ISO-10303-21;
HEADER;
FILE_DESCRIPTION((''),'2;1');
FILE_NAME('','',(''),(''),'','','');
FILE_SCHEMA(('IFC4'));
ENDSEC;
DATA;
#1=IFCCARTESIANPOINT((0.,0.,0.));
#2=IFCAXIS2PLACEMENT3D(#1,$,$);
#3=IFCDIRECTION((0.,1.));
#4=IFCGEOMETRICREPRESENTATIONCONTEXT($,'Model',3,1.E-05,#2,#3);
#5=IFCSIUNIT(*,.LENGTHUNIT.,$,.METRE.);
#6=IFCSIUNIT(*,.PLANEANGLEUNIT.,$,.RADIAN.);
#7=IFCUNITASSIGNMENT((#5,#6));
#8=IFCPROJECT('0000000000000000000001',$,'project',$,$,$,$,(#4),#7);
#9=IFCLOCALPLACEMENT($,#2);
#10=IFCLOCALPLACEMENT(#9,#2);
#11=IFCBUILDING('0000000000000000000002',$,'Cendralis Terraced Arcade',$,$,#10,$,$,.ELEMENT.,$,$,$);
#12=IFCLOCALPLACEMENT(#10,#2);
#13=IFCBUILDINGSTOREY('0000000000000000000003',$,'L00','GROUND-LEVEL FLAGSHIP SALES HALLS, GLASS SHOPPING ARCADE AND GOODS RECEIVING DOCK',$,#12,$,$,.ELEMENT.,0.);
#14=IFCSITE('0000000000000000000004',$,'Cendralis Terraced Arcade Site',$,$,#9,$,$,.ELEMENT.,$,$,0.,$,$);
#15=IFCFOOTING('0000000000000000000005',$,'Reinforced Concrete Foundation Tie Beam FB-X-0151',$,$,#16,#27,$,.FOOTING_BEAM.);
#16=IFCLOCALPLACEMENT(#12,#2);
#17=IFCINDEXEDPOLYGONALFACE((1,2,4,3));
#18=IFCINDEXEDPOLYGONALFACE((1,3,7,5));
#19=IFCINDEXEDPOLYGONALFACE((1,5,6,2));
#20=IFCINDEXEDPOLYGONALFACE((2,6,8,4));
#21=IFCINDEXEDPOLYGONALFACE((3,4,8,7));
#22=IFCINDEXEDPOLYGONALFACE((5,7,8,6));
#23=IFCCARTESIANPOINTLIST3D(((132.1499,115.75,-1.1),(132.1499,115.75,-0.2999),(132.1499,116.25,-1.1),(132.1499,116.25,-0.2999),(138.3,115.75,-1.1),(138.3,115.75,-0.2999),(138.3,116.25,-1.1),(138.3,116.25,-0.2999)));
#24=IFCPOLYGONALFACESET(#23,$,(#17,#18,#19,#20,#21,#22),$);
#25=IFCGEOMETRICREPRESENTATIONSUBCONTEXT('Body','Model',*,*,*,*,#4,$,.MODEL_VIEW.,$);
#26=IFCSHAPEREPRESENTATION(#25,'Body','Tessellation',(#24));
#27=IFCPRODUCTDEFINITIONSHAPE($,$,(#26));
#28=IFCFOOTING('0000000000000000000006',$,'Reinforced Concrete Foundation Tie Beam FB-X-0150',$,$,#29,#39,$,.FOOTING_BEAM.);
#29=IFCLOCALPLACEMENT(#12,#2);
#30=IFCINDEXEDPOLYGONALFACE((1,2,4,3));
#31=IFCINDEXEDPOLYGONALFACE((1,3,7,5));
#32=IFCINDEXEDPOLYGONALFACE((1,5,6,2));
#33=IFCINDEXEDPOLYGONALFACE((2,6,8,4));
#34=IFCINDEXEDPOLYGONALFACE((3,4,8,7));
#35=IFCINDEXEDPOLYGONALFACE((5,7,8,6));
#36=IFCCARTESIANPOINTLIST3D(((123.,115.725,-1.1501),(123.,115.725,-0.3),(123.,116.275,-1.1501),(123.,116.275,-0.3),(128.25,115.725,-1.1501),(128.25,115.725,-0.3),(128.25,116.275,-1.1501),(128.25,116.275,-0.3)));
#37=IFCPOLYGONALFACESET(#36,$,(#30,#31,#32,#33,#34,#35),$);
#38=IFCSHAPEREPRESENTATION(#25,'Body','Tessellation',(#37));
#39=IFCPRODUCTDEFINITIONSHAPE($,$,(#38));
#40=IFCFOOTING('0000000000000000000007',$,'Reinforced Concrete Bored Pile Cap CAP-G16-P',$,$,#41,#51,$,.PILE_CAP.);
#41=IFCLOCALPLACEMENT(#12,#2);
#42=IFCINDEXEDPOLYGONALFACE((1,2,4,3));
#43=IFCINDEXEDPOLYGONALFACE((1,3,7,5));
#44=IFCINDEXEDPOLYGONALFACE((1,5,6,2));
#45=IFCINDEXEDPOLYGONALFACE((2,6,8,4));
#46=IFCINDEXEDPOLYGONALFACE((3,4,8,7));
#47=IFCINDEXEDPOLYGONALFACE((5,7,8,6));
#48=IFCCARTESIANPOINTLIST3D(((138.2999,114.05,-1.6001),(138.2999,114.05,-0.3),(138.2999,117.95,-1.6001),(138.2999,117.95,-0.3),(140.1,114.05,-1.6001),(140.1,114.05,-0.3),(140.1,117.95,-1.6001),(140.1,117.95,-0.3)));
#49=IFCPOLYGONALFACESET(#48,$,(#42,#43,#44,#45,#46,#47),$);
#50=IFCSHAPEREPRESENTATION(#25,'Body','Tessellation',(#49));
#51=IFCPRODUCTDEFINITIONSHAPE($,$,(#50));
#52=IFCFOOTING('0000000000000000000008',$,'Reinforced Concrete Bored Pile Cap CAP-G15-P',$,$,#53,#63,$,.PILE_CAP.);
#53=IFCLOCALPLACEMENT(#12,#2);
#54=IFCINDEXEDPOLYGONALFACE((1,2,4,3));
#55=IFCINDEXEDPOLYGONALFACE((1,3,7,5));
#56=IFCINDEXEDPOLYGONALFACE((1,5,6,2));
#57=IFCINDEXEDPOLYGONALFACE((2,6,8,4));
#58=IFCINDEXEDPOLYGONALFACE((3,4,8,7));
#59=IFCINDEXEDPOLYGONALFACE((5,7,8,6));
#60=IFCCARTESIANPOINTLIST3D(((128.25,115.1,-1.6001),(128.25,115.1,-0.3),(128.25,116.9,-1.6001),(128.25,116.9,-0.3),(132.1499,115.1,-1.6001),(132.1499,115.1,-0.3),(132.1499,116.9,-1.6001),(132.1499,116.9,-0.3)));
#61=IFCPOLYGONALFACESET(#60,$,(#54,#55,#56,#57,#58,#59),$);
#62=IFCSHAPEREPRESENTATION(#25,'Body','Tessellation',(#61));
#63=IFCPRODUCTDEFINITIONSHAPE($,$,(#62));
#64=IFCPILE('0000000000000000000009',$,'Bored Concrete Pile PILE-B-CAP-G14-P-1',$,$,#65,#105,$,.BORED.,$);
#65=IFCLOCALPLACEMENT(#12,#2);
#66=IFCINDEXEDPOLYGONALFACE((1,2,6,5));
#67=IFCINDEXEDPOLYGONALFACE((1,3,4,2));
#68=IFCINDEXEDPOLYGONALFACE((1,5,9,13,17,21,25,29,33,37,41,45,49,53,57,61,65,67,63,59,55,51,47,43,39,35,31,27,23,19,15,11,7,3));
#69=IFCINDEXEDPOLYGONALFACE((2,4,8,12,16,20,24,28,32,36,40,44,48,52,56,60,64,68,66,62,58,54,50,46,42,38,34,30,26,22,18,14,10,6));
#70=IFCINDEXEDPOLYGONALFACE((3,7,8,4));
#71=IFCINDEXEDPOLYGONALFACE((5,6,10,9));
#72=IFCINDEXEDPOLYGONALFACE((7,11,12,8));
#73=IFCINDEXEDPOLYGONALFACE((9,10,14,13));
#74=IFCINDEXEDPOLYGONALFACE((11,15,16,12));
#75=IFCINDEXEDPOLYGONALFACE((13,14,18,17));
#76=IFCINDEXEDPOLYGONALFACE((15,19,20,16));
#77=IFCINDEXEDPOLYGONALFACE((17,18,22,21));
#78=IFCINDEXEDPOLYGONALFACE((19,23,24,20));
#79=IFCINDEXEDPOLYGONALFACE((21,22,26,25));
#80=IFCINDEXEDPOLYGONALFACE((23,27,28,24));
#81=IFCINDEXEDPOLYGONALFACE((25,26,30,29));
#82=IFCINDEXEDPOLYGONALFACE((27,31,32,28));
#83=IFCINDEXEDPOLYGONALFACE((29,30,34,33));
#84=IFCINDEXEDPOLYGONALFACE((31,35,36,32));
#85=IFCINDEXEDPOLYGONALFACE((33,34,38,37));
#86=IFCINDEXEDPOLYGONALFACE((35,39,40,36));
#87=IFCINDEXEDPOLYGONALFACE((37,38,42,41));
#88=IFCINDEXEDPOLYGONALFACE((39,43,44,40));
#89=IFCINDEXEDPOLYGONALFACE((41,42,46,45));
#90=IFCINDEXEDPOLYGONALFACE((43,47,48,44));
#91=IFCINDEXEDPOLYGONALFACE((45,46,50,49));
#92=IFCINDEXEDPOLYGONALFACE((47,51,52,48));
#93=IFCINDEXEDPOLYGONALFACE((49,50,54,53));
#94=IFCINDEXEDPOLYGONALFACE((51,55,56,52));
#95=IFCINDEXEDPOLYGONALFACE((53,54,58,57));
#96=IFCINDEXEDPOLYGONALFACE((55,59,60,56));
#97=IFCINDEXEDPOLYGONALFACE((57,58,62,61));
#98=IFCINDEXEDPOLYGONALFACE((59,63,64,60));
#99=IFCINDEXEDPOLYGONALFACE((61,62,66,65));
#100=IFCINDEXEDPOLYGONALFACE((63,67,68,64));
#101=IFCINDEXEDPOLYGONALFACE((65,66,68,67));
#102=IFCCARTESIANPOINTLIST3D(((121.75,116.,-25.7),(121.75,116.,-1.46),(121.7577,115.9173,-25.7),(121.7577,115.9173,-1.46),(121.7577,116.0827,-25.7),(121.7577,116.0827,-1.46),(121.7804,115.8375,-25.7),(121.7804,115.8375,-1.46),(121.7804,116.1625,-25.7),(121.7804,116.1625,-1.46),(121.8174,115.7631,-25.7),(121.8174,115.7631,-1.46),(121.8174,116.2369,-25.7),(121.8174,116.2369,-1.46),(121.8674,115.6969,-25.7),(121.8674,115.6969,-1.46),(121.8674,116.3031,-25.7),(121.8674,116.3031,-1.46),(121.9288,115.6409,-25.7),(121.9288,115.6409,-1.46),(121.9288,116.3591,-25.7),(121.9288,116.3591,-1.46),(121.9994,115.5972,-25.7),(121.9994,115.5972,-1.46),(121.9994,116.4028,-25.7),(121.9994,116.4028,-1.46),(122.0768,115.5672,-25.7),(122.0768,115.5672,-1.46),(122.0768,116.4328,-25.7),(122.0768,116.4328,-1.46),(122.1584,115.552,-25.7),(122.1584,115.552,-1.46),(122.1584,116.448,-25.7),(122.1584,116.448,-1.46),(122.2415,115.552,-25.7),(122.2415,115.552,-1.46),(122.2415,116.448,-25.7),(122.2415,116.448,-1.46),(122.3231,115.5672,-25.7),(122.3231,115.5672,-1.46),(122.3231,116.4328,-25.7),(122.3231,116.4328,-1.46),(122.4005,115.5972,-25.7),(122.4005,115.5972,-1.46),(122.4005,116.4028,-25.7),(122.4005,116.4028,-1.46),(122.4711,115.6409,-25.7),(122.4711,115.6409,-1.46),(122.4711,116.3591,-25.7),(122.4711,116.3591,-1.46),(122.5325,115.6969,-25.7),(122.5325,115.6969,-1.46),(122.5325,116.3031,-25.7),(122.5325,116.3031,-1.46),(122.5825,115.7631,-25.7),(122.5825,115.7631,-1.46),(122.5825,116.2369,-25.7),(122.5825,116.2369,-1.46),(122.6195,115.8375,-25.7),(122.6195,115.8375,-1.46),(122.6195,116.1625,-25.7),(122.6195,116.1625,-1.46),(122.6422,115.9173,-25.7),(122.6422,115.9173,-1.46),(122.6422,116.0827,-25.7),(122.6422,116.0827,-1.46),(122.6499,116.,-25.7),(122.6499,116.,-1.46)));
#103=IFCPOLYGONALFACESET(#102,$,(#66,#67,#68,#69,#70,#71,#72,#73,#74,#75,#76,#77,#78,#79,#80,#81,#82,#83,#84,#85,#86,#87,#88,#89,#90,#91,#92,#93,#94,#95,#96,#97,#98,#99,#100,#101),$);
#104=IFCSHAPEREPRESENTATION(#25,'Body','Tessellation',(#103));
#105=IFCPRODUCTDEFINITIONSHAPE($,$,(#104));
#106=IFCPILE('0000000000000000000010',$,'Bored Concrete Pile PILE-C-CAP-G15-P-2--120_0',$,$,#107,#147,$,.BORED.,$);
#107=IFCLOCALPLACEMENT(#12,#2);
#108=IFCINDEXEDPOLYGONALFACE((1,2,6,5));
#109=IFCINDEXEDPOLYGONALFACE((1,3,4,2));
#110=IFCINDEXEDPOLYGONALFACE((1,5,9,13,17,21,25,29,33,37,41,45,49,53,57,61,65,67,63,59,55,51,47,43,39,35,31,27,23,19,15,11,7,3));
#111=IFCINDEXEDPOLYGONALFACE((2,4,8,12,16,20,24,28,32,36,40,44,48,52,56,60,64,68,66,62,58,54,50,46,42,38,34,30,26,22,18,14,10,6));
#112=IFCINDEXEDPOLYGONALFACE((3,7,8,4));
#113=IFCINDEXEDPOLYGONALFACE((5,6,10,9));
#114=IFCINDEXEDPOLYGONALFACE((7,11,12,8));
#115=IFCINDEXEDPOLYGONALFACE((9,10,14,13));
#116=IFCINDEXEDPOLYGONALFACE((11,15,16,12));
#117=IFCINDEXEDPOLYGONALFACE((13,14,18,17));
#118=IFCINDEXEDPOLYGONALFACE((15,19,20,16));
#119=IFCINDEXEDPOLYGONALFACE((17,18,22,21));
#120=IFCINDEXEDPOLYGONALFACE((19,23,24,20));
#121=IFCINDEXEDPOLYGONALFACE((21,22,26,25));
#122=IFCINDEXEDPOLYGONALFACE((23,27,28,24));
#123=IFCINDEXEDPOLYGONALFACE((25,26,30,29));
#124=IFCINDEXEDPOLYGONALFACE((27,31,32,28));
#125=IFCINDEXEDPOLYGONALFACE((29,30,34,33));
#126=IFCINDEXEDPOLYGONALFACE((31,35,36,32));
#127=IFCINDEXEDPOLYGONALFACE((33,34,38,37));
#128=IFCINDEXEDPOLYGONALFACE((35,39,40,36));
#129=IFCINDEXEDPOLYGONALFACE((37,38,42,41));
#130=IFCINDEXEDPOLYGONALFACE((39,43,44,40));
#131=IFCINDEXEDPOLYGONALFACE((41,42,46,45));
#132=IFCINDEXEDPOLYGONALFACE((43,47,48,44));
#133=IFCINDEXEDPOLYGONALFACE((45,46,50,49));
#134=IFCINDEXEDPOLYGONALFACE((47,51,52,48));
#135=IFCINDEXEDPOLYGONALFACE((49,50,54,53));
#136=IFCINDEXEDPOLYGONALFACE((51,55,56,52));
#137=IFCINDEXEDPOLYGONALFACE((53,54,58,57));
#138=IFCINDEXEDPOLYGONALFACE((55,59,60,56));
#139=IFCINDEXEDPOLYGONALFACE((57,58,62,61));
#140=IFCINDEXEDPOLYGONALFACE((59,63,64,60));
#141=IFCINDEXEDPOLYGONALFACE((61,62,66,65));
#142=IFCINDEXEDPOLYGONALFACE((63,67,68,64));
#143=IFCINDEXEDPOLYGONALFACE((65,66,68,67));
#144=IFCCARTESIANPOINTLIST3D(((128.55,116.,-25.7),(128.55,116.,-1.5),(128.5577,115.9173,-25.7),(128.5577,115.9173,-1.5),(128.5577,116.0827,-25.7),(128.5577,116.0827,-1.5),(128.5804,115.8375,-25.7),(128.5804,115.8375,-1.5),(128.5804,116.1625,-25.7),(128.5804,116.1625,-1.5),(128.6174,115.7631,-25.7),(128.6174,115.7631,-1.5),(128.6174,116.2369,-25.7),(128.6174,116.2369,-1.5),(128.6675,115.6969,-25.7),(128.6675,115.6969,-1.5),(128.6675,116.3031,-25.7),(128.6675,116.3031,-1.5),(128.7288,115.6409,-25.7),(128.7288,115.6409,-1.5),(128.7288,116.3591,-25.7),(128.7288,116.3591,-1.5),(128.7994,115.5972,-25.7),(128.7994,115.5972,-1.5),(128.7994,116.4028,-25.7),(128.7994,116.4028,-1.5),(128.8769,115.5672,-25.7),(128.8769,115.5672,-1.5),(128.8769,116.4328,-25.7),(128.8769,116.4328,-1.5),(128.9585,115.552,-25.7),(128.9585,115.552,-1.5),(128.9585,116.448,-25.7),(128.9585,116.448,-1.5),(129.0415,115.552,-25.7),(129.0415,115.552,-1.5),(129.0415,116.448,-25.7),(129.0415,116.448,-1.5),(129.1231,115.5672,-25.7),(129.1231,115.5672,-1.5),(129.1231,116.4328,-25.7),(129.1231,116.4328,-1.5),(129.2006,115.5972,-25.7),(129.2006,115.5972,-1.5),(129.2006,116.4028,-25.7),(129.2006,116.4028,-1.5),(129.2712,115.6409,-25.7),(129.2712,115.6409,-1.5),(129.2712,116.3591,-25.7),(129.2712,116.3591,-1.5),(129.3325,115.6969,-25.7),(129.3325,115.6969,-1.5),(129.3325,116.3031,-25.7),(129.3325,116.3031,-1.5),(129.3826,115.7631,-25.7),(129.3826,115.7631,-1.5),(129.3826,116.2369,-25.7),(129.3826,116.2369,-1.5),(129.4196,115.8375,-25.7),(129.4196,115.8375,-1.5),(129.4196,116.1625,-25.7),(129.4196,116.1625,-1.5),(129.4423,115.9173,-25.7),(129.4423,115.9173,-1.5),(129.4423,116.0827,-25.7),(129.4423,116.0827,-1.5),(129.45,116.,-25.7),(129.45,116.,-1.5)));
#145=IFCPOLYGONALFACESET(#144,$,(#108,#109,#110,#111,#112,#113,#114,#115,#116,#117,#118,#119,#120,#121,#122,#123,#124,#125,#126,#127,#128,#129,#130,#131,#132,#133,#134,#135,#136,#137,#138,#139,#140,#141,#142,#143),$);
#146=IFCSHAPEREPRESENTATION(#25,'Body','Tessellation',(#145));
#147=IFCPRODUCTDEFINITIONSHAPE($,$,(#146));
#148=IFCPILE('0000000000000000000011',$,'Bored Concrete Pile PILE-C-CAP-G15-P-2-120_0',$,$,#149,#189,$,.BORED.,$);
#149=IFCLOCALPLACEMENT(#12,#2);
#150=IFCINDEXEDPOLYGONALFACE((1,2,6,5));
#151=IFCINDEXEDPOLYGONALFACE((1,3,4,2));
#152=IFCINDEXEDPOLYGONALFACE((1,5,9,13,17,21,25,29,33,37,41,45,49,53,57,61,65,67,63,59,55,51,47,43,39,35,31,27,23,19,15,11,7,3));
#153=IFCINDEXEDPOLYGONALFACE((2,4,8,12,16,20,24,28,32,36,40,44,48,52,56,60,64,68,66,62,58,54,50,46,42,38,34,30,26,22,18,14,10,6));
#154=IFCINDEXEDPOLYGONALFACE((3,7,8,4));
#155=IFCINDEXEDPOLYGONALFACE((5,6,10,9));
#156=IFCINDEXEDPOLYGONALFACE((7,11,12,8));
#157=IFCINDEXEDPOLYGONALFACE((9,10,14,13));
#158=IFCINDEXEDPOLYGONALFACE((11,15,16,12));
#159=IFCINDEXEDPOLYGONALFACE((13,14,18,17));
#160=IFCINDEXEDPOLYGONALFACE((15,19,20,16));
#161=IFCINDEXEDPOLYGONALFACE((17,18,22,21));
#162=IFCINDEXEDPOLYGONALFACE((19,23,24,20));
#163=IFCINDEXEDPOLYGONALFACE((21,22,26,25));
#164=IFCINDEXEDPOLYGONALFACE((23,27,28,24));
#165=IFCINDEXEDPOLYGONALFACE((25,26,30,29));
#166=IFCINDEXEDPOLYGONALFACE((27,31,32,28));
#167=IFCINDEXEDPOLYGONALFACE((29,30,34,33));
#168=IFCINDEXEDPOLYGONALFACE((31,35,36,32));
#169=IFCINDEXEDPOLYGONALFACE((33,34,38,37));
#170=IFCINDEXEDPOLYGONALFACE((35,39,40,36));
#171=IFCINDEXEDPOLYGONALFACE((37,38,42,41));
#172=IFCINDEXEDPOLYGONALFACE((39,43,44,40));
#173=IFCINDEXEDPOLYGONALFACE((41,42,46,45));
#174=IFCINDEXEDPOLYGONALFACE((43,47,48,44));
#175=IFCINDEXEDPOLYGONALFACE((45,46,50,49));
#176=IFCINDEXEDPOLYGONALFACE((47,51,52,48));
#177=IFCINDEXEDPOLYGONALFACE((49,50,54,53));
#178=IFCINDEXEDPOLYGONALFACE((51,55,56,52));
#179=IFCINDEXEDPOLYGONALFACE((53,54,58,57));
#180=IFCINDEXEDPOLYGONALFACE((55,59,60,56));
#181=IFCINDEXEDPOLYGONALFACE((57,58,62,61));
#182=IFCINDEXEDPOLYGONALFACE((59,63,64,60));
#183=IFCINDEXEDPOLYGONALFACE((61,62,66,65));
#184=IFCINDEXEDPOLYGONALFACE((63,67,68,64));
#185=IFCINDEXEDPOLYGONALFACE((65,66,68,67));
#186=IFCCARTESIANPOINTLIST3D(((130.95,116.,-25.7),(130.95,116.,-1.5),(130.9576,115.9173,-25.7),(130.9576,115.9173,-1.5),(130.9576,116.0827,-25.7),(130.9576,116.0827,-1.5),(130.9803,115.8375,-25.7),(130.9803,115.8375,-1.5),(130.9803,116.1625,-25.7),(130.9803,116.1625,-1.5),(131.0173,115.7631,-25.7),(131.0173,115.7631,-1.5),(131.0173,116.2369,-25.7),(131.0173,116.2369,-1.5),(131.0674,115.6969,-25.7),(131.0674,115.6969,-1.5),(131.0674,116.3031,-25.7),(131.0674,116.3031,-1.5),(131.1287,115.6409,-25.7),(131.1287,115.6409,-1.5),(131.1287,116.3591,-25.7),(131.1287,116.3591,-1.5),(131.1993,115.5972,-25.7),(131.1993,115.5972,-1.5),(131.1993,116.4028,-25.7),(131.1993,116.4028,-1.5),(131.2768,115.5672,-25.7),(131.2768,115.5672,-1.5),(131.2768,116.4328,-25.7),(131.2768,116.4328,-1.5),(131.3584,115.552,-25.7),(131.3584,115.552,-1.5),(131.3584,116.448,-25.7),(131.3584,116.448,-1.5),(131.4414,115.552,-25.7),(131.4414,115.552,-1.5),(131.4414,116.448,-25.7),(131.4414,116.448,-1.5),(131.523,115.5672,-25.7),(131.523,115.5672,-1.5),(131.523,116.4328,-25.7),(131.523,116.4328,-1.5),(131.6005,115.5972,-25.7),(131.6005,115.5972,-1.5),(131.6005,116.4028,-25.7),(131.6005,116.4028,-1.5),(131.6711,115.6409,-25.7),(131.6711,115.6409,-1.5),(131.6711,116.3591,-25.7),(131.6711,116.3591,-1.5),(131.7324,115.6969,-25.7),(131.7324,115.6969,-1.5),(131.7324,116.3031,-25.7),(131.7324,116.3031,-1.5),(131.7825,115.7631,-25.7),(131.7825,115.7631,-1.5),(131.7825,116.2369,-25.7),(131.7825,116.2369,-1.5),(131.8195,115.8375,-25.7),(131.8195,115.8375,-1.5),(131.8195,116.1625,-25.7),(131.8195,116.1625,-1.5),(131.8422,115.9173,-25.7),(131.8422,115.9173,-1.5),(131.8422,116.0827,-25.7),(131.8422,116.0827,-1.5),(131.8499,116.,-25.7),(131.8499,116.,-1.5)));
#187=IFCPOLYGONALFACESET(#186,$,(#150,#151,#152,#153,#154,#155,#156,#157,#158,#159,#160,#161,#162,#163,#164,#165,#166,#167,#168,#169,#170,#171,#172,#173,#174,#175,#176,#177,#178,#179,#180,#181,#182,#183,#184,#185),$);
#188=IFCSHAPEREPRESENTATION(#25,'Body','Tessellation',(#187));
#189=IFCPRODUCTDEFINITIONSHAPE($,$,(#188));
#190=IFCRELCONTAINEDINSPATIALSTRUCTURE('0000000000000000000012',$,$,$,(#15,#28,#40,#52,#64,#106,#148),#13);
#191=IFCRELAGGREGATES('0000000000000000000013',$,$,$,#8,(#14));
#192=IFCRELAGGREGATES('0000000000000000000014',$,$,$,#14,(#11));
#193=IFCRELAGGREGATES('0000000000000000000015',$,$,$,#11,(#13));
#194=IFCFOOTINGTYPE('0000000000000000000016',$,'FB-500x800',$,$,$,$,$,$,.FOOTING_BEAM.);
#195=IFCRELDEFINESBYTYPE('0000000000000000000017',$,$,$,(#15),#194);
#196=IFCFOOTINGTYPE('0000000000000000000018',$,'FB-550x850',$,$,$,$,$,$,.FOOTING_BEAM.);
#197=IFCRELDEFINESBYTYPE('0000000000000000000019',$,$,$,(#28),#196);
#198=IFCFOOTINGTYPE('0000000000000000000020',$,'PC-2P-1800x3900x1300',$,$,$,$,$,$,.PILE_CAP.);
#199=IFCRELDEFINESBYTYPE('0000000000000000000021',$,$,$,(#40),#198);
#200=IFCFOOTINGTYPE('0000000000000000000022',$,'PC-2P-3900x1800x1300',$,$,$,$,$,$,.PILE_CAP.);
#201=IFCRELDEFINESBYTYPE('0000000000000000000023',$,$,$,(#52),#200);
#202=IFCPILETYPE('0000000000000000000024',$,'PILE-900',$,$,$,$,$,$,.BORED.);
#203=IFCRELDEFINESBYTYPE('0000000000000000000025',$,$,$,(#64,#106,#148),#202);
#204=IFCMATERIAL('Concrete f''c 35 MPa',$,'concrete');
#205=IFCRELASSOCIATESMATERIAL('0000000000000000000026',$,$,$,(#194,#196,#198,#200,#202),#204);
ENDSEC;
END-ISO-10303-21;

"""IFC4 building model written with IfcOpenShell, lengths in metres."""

from ifc_helpers import new_model, si_unit, direction, frame, origin, origin_2d, place, context, subcontext, project, spatial, rectangle, circle, extrude, material, material_profile, profile_set, type_object, element, save


model = new_model("IFC4")

# Units and contexts
model_context = context("Model", 3, precision=1e-05, world=origin(), true_north=direction((0.0, 1.0)))
body_context = subcontext(model_context, "Body", "Model", "MODEL_VIEW")
ifc_project = project(units=[si_unit("LENGTHUNIT", "METRE"), si_unit("PLANEANGLEUNIT", "RADIAN")], contexts=[model_context])

# Site, building, storey
site_placement = place(None, origin())
site = spatial("IfcSite", under=ifc_project, at=site_placement, Name="Cendralis Terraced Arcade Site", CompositionType="ELEMENT", RefElevation=0.0)
building_placement = place(site_placement, origin())
building = spatial("IfcBuilding", under=site, at=building_placement, Name="Cendralis Terraced Arcade", CompositionType="ELEMENT")
storey_placement = place(building_placement, origin())
storey = spatial("IfcBuildingStorey", under=building, at=storey_placement, Name="L00", Description="GROUND-LEVEL FLAGSHIP SALES HALLS, GLASS SHOPPING ARCADE AND GOODS RECEIVING DOCK", CompositionType="ELEMENT", Elevation=0.0)

# Footings
ifc_material_1 = material(Name="Concrete f'c 35 MPa", Category="concrete")
ifc_material_profile_1 = material_profile(ifc_material_1, rectangle(XDim=0.5, YDim=0.8, at=origin_2d()), Name="FB-500x800", Category="LoadBearing")
ifc_profile_set_1 = profile_set([ifc_material_profile_1], Name="Concrete f'c 35 MPa")
footing_type_1 = type_object("IfcFootingType", Name="FB-500x800", PredefinedType="FOOTING_BEAM", material=ifc_profile_set_1)
footing_1_placement = place(storey_placement, frame((132.1499, 116.0, -0.7), z_axis=(1.0, 0.0, 0.0), x_axis=(0.0, 1.0, 0.0)))
element("IfcFooting", 1, at=footing_1_placement, inside=storey, type_object=footing_type_1, Name="Reinforced Concrete Foundation Tie Beam FB-X-0151", PredefinedType="FOOTING_BEAM", context=body_context, shape_type="SweptSolid", body=[
    extrude(rectangle(XDim=0.5, YDim=0.8, at=origin_2d()), origin(), (0.0, 0.0, 1.0), 6.1501),
])
ifc_material_profile_2 = material_profile(ifc_material_1, rectangle(XDim=0.55, YDim=0.8501, at=origin_2d()), Name="FB-550x850", Category="LoadBearing")
ifc_profile_set_2 = profile_set([ifc_material_profile_2], Name="Concrete f'c 35 MPa")
footing_type_2 = type_object("IfcFootingType", Name="FB-550x850", PredefinedType="FOOTING_BEAM", material=ifc_profile_set_2)
footing_2_placement = place(storey_placement, frame((123.0, 116.0, -0.7251), z_axis=(1.0, 0.0, 0.0), x_axis=(0.0, 1.0, 0.0)))
element("IfcFooting", 2, at=footing_2_placement, inside=storey, type_object=footing_type_2, Name="Reinforced Concrete Foundation Tie Beam FB-X-0150", PredefinedType="FOOTING_BEAM", context=body_context, shape_type="SweptSolid", body=[
    extrude(rectangle(XDim=0.55, YDim=0.8501, at=origin_2d()), origin(), (0.0, 0.0, 1.0), 5.25),
])
footing_type_3 = type_object("IfcFootingType", Name="PC-2P-1800x3900x1300", PredefinedType="PILE_CAP", material=ifc_material_1)
footing_3_placement = place(storey_placement, frame((139.2, 116.0, -1.6001), z_axis=(0.0, 0.0, 1.0), x_axis=(1.0, 0.0, 0.0)))
element("IfcFooting", 3, at=footing_3_placement, inside=storey, type_object=footing_type_3, Name="Reinforced Concrete Bored Pile Cap CAP-G16-P", PredefinedType="PILE_CAP", context=body_context, shape_type="SweptSolid", body=[
    extrude(rectangle(XDim=1.8, YDim=3.8999, at=origin_2d()), origin(), (0.0, 0.0, 1.0), 1.3),
])
footing_type_4 = type_object("IfcFootingType", Name="PC-2P-3900x1800x1300", PredefinedType="PILE_CAP", material=ifc_material_1)
footing_4_placement = place(storey_placement, frame((130.2, 116.0, -1.6001), z_axis=(0.0, 0.0, 1.0), x_axis=(1.0, 0.0, 0.0)))
element("IfcFooting", 4, at=footing_4_placement, inside=storey, type_object=footing_type_4, Name="Reinforced Concrete Bored Pile Cap CAP-G15-P", PredefinedType="PILE_CAP", context=body_context, shape_type="SweptSolid", body=[
    extrude(rectangle(XDim=3.8999, YDim=1.8, at=origin_2d()), origin(), (0.0, 0.0, 1.0), 1.3),
])

# Piles
ifc_material_profile_3 = material_profile(ifc_material_1, circle(Radius=0.45, at=origin_2d()), Name="PILE-D900", Category="LoadBearing")
ifc_profile_set_3 = profile_set([ifc_material_profile_3], Name="Concrete f'c 35 MPa")
pile_type = type_object("IfcPileType", Name="PILE-900", PredefinedType="BORED", material=ifc_profile_set_3)
pile_placement = place(storey_placement, frame((122.2, 116.0, -1.46), z_axis=(0.0, 0.0, -1.0), x_axis=(1.0, 0.0, 0.0)))
element("IfcPile", 5, at=pile_placement, inside=storey, type_object=pile_type, Name="Bored Concrete Pile PILE-B-CAP-G14-P-1", PredefinedType="BORED", context=body_context, shape_type="SweptSolid", body=[
    extrude(circle(Radius=0.45, at=origin_2d()), origin(), (0.0, 0.0, 1.0), 24.24),
])
for number, where, z_axis, x_axis, name in (
    (6, (129.0, 116.0, -1.5), (0.0, 0.0, -1.0), (1.0, 0.0, 0.0), "Bored Concrete Pile PILE-C-CAP-G15-P-2--120_0"),
    (7, (131.3999, 116.0, -1.5), (0.0, 0.0, -1.0), (1.0, 0.0, 0.0), "Bored Concrete Pile PILE-C-CAP-G15-P-2-120_0"),
):
    element("IfcPile", number, at=place(storey_placement, frame(where, z_axis=z_axis, x_axis=x_axis)), inside=storey, type_object=pile_type, Name=name, PredefinedType="BORED", context=body_context, shape_type="SweptSolid", body=[
        extrude(circle(Radius=0.45, at=origin_2d()), origin(), (0.0, 0.0, 1.0), 24.2),
    ])

save(model, "model.ifc")
